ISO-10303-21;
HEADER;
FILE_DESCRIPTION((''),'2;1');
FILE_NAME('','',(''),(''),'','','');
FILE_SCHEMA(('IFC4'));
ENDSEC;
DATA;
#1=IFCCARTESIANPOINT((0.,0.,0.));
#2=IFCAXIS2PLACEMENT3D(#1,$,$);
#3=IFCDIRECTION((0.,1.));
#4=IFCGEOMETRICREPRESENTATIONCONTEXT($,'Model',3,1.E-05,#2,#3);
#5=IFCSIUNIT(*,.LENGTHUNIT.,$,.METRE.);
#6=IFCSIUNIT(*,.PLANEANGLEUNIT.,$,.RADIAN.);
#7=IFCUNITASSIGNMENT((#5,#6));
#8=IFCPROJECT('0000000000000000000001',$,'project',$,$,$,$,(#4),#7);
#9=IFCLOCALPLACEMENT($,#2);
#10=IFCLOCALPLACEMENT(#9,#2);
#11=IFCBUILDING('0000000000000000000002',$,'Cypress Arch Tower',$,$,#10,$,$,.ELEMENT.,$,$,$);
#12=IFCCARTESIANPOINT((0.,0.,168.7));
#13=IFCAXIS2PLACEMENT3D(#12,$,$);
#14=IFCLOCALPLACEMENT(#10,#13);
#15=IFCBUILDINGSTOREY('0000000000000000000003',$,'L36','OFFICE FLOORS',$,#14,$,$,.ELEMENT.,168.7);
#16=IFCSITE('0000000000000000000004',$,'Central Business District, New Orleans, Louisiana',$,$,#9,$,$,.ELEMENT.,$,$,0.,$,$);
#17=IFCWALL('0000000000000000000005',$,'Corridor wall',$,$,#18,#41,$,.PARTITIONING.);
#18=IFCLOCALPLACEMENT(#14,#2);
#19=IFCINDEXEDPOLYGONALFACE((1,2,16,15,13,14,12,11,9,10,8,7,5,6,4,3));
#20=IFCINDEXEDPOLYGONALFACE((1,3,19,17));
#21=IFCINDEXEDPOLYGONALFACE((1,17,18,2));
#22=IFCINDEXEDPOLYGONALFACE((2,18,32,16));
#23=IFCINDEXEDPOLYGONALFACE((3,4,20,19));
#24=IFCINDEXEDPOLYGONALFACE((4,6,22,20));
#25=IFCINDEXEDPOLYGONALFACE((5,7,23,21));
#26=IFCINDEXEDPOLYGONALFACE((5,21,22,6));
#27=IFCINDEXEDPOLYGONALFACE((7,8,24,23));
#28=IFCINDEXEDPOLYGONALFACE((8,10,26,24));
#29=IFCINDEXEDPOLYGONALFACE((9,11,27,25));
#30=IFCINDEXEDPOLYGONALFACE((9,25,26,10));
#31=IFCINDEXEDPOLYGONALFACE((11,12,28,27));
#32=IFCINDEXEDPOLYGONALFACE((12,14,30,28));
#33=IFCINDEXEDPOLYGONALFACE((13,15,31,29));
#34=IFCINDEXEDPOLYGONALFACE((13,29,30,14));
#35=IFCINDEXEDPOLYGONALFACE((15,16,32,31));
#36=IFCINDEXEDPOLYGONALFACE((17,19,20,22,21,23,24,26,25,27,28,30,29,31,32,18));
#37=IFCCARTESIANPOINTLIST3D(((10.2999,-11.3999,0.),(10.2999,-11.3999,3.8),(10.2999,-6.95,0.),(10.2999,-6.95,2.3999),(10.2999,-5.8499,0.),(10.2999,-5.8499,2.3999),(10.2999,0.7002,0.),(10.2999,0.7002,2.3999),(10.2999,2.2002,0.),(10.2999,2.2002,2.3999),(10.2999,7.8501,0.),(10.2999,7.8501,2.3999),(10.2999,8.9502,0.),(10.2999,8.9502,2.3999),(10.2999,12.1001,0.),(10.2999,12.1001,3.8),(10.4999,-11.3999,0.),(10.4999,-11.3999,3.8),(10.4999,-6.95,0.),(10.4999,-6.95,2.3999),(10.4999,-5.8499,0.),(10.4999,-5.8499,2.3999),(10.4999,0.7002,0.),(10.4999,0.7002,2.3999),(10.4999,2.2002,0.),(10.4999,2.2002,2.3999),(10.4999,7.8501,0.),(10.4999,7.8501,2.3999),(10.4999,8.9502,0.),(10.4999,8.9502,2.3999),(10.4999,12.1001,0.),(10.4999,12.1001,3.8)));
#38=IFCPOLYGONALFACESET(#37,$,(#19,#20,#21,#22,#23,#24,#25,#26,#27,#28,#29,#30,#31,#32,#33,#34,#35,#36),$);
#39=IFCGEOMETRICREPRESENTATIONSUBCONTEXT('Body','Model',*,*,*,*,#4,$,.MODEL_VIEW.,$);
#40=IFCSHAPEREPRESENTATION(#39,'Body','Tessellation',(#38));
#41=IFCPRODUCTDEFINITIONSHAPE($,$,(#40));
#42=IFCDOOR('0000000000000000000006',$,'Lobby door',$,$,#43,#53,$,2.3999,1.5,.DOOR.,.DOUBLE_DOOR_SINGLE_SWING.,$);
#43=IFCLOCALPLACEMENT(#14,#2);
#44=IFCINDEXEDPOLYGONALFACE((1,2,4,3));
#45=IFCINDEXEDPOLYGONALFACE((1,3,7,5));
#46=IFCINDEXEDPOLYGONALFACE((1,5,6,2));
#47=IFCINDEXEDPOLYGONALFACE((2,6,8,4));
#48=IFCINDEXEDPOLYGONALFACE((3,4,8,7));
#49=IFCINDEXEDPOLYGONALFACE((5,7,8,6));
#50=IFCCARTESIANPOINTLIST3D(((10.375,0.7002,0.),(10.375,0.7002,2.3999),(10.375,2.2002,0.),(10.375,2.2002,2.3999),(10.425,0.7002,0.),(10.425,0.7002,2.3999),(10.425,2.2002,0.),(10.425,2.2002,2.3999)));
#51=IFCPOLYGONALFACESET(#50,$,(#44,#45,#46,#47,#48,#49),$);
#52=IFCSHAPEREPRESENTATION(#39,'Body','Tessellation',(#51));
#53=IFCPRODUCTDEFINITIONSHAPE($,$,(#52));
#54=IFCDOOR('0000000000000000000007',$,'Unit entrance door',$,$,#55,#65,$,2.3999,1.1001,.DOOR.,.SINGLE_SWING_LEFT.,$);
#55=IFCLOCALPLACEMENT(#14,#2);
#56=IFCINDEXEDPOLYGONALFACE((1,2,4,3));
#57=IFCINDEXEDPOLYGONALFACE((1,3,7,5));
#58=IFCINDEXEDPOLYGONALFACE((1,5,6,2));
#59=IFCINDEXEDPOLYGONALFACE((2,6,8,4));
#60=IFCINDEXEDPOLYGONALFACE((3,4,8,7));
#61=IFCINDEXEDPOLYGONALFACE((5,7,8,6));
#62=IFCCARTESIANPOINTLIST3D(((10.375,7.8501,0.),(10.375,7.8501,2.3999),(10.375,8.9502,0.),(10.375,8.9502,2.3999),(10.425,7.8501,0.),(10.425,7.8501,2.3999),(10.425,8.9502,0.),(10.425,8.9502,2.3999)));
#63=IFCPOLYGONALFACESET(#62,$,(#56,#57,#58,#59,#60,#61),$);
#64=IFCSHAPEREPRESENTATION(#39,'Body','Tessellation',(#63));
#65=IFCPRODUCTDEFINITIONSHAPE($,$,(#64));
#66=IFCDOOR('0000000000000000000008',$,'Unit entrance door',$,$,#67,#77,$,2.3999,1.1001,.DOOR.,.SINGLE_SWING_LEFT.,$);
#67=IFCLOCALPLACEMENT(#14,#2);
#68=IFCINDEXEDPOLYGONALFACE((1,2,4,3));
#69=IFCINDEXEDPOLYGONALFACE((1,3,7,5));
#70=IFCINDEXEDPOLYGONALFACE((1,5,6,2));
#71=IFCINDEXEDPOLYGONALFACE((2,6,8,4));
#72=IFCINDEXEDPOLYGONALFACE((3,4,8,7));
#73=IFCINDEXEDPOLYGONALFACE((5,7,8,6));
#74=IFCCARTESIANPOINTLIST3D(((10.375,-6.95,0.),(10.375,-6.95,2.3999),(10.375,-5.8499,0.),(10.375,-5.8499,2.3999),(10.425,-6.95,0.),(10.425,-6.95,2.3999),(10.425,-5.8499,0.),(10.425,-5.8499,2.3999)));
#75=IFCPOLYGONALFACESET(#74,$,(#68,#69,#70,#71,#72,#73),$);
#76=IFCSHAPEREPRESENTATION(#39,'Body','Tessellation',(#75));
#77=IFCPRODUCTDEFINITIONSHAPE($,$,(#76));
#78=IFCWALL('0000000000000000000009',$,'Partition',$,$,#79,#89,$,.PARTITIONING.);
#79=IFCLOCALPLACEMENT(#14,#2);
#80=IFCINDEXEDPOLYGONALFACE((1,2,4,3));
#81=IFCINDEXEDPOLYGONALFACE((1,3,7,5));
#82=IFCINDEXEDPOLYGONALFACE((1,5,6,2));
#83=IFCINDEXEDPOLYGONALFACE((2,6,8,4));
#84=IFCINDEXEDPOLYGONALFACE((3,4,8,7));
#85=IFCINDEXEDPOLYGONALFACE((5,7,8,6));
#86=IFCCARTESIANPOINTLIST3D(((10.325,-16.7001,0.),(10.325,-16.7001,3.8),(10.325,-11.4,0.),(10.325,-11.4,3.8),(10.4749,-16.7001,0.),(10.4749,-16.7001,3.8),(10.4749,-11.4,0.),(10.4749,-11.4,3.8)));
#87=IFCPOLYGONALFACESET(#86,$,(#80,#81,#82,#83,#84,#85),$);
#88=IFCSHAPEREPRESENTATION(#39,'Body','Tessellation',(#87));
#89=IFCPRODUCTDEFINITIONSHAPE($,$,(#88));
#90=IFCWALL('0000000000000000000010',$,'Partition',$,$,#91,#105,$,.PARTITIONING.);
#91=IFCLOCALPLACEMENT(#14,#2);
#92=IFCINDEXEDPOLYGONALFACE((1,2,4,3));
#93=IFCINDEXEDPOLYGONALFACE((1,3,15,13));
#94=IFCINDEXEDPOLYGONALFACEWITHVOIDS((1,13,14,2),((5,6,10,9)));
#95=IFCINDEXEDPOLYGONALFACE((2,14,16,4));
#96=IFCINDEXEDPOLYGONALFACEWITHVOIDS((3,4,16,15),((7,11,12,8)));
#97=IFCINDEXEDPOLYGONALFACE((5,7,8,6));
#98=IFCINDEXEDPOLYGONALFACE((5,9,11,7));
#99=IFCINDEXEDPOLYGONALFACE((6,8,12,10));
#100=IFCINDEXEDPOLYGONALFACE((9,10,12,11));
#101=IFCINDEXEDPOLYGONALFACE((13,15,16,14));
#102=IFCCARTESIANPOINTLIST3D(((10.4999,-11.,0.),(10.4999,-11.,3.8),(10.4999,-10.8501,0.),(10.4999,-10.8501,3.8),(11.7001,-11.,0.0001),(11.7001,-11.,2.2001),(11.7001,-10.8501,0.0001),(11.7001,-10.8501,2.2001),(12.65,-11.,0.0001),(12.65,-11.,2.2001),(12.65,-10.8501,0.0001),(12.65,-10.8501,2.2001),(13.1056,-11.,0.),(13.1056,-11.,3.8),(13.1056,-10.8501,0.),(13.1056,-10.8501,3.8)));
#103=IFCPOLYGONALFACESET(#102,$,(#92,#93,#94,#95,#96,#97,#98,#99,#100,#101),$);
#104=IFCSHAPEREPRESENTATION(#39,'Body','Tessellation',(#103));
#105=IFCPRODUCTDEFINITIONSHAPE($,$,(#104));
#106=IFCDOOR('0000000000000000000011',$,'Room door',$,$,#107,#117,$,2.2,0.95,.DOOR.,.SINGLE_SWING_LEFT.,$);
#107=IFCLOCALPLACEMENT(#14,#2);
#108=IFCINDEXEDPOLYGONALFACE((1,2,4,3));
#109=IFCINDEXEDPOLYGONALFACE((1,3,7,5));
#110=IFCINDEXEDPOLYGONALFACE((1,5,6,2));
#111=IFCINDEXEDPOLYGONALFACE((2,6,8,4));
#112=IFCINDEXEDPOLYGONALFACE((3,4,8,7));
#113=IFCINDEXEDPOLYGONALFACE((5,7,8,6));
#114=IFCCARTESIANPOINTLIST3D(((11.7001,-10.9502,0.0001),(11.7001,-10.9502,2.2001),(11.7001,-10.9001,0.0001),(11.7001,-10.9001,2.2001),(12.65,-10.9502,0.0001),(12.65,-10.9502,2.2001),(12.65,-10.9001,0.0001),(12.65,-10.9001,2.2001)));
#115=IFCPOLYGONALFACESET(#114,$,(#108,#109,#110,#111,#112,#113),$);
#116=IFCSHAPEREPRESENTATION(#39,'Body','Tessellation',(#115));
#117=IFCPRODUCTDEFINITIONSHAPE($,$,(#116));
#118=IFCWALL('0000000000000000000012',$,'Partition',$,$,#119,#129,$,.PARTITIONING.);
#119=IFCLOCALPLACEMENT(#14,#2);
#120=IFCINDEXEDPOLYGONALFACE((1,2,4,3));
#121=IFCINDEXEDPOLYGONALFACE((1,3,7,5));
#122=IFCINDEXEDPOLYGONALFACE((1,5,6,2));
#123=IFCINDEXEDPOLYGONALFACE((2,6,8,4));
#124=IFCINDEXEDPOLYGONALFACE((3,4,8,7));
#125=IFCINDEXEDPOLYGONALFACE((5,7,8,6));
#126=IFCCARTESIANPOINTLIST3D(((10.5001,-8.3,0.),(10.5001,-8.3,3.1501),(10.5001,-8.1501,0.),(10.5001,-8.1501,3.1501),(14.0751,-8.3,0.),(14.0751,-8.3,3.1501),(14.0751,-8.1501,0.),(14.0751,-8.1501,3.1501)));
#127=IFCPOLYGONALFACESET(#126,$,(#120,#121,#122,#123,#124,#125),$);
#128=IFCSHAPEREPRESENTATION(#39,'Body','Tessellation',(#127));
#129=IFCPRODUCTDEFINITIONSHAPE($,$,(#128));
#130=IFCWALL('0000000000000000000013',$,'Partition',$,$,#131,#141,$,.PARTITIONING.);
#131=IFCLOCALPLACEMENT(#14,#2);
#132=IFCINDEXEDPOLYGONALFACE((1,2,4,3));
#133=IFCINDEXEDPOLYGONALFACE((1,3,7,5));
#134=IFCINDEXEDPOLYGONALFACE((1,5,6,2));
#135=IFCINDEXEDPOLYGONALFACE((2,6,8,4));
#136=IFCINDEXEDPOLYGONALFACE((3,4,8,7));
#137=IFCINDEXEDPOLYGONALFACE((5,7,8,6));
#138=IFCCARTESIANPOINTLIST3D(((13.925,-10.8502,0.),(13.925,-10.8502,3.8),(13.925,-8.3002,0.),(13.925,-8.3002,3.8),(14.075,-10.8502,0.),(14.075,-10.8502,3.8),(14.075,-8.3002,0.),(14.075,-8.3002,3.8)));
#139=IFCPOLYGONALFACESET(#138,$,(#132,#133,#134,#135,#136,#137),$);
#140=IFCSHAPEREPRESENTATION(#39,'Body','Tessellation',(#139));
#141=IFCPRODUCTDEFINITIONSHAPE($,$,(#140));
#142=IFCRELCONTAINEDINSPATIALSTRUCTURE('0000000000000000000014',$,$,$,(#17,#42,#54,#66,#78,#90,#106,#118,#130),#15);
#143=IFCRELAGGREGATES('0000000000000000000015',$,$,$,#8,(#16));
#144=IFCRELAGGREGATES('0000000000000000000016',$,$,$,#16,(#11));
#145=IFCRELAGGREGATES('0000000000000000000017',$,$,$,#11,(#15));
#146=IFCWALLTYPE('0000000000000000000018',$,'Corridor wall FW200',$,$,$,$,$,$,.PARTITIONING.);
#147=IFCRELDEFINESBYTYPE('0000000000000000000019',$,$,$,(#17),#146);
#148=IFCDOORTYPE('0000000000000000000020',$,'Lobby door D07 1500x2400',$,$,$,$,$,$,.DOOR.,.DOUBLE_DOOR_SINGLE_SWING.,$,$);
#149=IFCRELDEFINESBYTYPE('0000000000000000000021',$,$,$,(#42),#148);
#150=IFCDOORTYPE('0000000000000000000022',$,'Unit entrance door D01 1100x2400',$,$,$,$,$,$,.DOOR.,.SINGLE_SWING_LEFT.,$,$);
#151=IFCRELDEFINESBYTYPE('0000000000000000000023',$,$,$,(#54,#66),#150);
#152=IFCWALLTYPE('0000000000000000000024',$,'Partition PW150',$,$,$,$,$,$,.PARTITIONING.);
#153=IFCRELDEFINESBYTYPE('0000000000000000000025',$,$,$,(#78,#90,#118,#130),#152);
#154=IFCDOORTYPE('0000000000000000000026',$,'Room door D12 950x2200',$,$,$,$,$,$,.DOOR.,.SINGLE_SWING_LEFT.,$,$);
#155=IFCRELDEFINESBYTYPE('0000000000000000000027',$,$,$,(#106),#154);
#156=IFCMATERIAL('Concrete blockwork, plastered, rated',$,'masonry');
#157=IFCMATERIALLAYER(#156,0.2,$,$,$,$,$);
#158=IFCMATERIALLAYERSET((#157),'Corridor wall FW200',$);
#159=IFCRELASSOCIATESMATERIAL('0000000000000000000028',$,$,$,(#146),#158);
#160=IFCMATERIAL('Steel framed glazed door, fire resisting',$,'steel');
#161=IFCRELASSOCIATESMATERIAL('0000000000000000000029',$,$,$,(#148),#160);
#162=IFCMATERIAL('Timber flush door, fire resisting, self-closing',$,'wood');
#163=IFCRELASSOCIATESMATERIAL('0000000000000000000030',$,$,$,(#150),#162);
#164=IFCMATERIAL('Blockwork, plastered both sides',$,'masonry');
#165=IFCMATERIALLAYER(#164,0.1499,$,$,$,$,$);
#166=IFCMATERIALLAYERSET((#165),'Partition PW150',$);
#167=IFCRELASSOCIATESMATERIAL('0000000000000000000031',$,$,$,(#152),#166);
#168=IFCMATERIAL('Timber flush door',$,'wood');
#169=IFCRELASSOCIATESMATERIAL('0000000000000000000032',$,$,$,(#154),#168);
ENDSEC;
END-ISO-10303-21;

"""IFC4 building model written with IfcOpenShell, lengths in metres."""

from ifc_helpers import new_model, si_unit, direction, frame, frame_2d, origin, place, context, subcontext, project, spatial, rectangle, extrude, material, layer, layer_set, type_object, element, fill, save


model = new_model("IFC4")

# Units and contexts
model_context = context("Model", 3, precision=1e-05, world=origin(), true_north=direction((0.0, 1.0)))
body_context = subcontext(model_context, "Body", "Model", "MODEL_VIEW")
ifc_project = project(units=[si_unit("LENGTHUNIT", "METRE"), si_unit("PLANEANGLEUNIT", "RADIAN")], contexts=[model_context])

# Site, building, storey
site_placement = place(None, origin())
site = spatial("IfcSite", under=ifc_project, at=site_placement, Name="Central Business District, New Orleans, Louisiana", CompositionType="ELEMENT", RefElevation=0.0)
building_placement = place(site_placement, origin())
building = spatial("IfcBuilding", under=site, at=building_placement, Name="Cypress Arch Tower", CompositionType="ELEMENT")
storey_placement = place(building_placement, frame((0.0, 0.0, 168.7)))
storey = spatial("IfcBuildingStorey", under=building, at=storey_placement, Name="L36", Description="OFFICE FLOORS", CompositionType="ELEMENT", Elevation=168.7)

# Wall, openings, doors
ifc_material_1 = material(Name="Concrete blockwork, plastered, rated", Category="masonry")
ifc_layer_1 = layer(ifc_material_1, 0.2)
ifc_layer_set_1 = layer_set([ifc_layer_1], Name="Corridor wall FW200")
wall_type_1 = type_object("IfcWallType", Name="Corridor wall FW200", PredefinedType="PARTITIONING", material=ifc_layer_set_1)
wall_1_placement = place(storey_placement, frame((10.3999, -11.3999, 0.0), z_axis=(0.0, 0.0, 1.0), x_axis=(0.0, 1.0, 0.0)))
wall_1 = element("IfcWall", 1, at=wall_1_placement, inside=storey, type_object=wall_type_1, Name="Corridor wall", PredefinedType="PARTITIONING", context=body_context, shape_type="SweptSolid", body=[
    extrude(rectangle(XDim=23.5, YDim=0.2, at=frame_2d((11.75, 0.0))), origin(), (0.0, 0.0, 1.0), 3.8),
])
opening_1_placement = place(wall_1_placement, frame((12.1001, 0.0, 0.0)))
opening_1 = element("IfcOpeningElement", 2, at=opening_1_placement, cuts=wall_1, PredefinedType="OPENING", context=body_context, shape_type="SweptSolid", body=[
    extrude(rectangle(XDim=1.5, YDim=2.3999, at=frame_2d((0.75, 1.2))), frame((0.0, 0.1099, 0.0), z_axis=(0.0, -1.0, 0.0), x_axis=(1.0, 0.0, 0.0)), (0.0, 0.0, 1.0), 0.22),
])
opening_2_placement = place(wall_1_placement, frame((19.25, 0.0, 0.0)))
opening_2 = element("IfcOpeningElement", 3, at=opening_2_placement, cuts=wall_1, PredefinedType="OPENING", context=body_context, shape_type="SweptSolid", body=[
    extrude(rectangle(XDim=1.1001, YDim=2.3999, at=frame_2d((0.55, 1.2))), frame((0.0, 0.1099, 0.0), z_axis=(0.0, -1.0, 0.0), x_axis=(1.0, 0.0, 0.0)), (0.0, 0.0, 1.0), 0.22),
])
opening_3_placement = place(wall_1_placement, frame((4.45, 0.0, 0.0)))
opening_3 = element("IfcOpeningElement", 4, at=opening_3_placement, cuts=wall_1, PredefinedType="OPENING", context=body_context, shape_type="SweptSolid", body=[
    extrude(rectangle(XDim=1.1001, YDim=2.3999, at=frame_2d((0.55, 1.2))), frame((0.0, 0.1099, 0.0), z_axis=(0.0, -1.0, 0.0), x_axis=(1.0, 0.0, 0.0)), (0.0, 0.0, 1.0), 0.22),
])
ifc_material_2 = material(Name="Steel framed glazed door, fire resisting", Category="steel")
door_type_1 = type_object("IfcDoorType", Name="Lobby door D07 1500x2400", OperationType="DOUBLE_DOOR_SINGLE_SWING", PredefinedType="DOOR", material=ifc_material_2)
door_1_placement = place(opening_1_placement, origin())
door_1 = element("IfcDoor", 5, at=door_1_placement, inside=storey, type_object=door_type_1, Name="Lobby door", OperationType="DOUBLE_DOOR_SINGLE_SWING", OverallHeight=2.3999, OverallWidth=1.5, PredefinedType="DOOR", context=body_context, shape_type="SweptSolid", body=[
    extrude(rectangle(XDim=1.5, YDim=2.3999, at=frame_2d((0.75, 1.2))), frame((0.0, 0.0249, 0.0), z_axis=(0.0, -1.0, 0.0), x_axis=(1.0, 0.0, 0.0)), (0.0, 0.0, 1.0), 0.05),
])
fill(opening_1, door_1)
ifc_material_3 = material(Name="Timber flush door, fire resisting, self-closing", Category="wood")
door_type_2 = type_object("IfcDoorType", Name="Unit entrance door D01 1100x2400", OperationType="SINGLE_SWING_LEFT", PredefinedType="DOOR", material=ifc_material_3)
door_2_placement = place(opening_2_placement, origin())
door_2 = element("IfcDoor", 6, at=door_2_placement, inside=storey, type_object=door_type_2, Name="Unit entrance door", OperationType="SINGLE_SWING_LEFT", OverallHeight=2.3999, OverallWidth=1.1001, PredefinedType="DOOR", context=body_context, shape_type="SweptSolid", body=[
    extrude(rectangle(XDim=1.1001, YDim=2.3999, at=frame_2d((0.55, 1.2))), frame((0.0, 0.0249, 0.0), z_axis=(0.0, -1.0, 0.0), x_axis=(1.0, 0.0, 0.0)), (0.0, 0.0, 1.0), 0.05),
])
fill(opening_2, door_2)
door_3_placement = place(opening_3_placement, origin())
door_3 = element("IfcDoor", 7, at=door_3_placement, inside=storey, type_object=door_type_2, Name="Unit entrance door", OperationType="SINGLE_SWING_LEFT", OverallHeight=2.3999, OverallWidth=1.1001, PredefinedType="DOOR", context=body_context, shape_type="SweptSolid", body=[
    extrude(rectangle(XDim=1.1001, YDim=2.3999, at=frame_2d((0.55, 1.2))), frame((0.0, 0.0249, 0.0), z_axis=(0.0, -1.0, 0.0), x_axis=(1.0, 0.0, 0.0)), (0.0, 0.0, 1.0), 0.05),
])
fill(opening_3, door_3)

# Wall
ifc_material_4 = material(Name="Blockwork, plastered both sides", Category="masonry")
ifc_layer_2 = layer(ifc_material_4, 0.1499)
ifc_layer_set_2 = layer_set([ifc_layer_2], Name="Partition PW150")
wall_type_2 = type_object("IfcWallType", Name="Partition PW150", PredefinedType="PARTITIONING", material=ifc_layer_set_2)
wall_2_placement = place(storey_placement, frame((10.3999, -16.7, 0.0), z_axis=(0.0, 0.0, 1.0), x_axis=(0.0, 1.0, 0.0)))
element("IfcWall", 8, at=wall_2_placement, inside=storey, type_object=wall_type_2, Name="Partition", PredefinedType="PARTITIONING", context=body_context, shape_type="SweptSolid", body=[
    extrude(rectangle(XDim=5.3, YDim=0.1499, at=frame_2d((2.6499, 0.0))), origin(), (0.0, 0.0, 1.0), 3.8),
])

# Wall, opening, door
wall_3_placement = place(storey_placement, frame((10.5, -10.925, 0.0), z_axis=(0.0, 0.0, 1.0), x_axis=(1.0, 0.0, 0.0)))
wall_3 = element("IfcWall", 9, at=wall_3_placement, inside=storey, type_object=wall_type_2, Name="Partition", PredefinedType="PARTITIONING", context=body_context, shape_type="SweptSolid", body=[
    extrude(rectangle(XDim=2.6057, YDim=0.1499, at=frame_2d((1.3027, 0.0))), origin(), (0.0, 0.0, 1.0), 3.8),
])
opening_4_placement = place(wall_3_placement, frame((1.2, 0.0, 0.0)))
opening_4 = element("IfcOpeningElement", 10, at=opening_4_placement, cuts=wall_3, PredefinedType="OPENING", context=body_context, shape_type="SweptSolid", body=[
    extrude(rectangle(XDim=0.95, YDim=2.2, at=frame_2d((0.4751, 1.1001))), frame((0.0, 0.085, 0.0), z_axis=(0.0, -1.0, 0.0), x_axis=(1.0, 0.0, 0.0)), (0.0, 0.0, 1.0), 0.1699),
])
ifc_material_5 = material(Name="Timber flush door", Category="wood")
door_type_3 = type_object("IfcDoorType", Name="Room door D12 950x2200", OperationType="SINGLE_SWING_LEFT", PredefinedType="DOOR", material=ifc_material_5)
door_4_placement = place(opening_4_placement, origin())
door_4 = element("IfcDoor", 11, at=door_4_placement, inside=storey, type_object=door_type_3, Name="Room door", OperationType="SINGLE_SWING_LEFT", OverallHeight=2.2, OverallWidth=0.95, PredefinedType="DOOR", context=body_context, shape_type="SweptSolid", body=[
    extrude(rectangle(XDim=0.95, YDim=2.2, at=frame_2d((0.4751, 1.1001))), frame((0.0, 0.0249, 0.0), z_axis=(0.0, -1.0, 0.0), x_axis=(1.0, 0.0, 0.0)), (0.0, 0.0, 1.0), 0.05),
])
fill(opening_4, door_4)

# Walls
wall_4_placement = place(storey_placement, frame((10.5, -8.2251, 0.0), z_axis=(0.0, 0.0, 1.0), x_axis=(1.0, 0.0, 0.0)))
element("IfcWall", 12, at=wall_4_placement, inside=storey, type_object=wall_type_2, Name="Partition", PredefinedType="PARTITIONING", context=body_context, shape_type="SweptSolid", body=[
    extrude(rectangle(XDim=3.575, YDim=0.1499, at=frame_2d((1.7876, 0.0))), origin(), (0.0, 0.0, 1.0), 3.1501),
])
wall_5_placement = place(storey_placement, frame((14.0, -10.8501, 0.0), z_axis=(0.0, 0.0, 1.0), x_axis=(0.0, 1.0, 0.0)))
element("IfcWall", 13, at=wall_5_placement, inside=storey, type_object=wall_type_2, Name="Partition", PredefinedType="PARTITIONING", context=body_context, shape_type="SweptSolid", body=[
    extrude(rectangle(XDim=2.55, YDim=0.1499, at=frame_2d((1.2749, 0.0))), origin(), (0.0, 0.0, 1.0), 3.8),
])

save(model, "model.ifc")
